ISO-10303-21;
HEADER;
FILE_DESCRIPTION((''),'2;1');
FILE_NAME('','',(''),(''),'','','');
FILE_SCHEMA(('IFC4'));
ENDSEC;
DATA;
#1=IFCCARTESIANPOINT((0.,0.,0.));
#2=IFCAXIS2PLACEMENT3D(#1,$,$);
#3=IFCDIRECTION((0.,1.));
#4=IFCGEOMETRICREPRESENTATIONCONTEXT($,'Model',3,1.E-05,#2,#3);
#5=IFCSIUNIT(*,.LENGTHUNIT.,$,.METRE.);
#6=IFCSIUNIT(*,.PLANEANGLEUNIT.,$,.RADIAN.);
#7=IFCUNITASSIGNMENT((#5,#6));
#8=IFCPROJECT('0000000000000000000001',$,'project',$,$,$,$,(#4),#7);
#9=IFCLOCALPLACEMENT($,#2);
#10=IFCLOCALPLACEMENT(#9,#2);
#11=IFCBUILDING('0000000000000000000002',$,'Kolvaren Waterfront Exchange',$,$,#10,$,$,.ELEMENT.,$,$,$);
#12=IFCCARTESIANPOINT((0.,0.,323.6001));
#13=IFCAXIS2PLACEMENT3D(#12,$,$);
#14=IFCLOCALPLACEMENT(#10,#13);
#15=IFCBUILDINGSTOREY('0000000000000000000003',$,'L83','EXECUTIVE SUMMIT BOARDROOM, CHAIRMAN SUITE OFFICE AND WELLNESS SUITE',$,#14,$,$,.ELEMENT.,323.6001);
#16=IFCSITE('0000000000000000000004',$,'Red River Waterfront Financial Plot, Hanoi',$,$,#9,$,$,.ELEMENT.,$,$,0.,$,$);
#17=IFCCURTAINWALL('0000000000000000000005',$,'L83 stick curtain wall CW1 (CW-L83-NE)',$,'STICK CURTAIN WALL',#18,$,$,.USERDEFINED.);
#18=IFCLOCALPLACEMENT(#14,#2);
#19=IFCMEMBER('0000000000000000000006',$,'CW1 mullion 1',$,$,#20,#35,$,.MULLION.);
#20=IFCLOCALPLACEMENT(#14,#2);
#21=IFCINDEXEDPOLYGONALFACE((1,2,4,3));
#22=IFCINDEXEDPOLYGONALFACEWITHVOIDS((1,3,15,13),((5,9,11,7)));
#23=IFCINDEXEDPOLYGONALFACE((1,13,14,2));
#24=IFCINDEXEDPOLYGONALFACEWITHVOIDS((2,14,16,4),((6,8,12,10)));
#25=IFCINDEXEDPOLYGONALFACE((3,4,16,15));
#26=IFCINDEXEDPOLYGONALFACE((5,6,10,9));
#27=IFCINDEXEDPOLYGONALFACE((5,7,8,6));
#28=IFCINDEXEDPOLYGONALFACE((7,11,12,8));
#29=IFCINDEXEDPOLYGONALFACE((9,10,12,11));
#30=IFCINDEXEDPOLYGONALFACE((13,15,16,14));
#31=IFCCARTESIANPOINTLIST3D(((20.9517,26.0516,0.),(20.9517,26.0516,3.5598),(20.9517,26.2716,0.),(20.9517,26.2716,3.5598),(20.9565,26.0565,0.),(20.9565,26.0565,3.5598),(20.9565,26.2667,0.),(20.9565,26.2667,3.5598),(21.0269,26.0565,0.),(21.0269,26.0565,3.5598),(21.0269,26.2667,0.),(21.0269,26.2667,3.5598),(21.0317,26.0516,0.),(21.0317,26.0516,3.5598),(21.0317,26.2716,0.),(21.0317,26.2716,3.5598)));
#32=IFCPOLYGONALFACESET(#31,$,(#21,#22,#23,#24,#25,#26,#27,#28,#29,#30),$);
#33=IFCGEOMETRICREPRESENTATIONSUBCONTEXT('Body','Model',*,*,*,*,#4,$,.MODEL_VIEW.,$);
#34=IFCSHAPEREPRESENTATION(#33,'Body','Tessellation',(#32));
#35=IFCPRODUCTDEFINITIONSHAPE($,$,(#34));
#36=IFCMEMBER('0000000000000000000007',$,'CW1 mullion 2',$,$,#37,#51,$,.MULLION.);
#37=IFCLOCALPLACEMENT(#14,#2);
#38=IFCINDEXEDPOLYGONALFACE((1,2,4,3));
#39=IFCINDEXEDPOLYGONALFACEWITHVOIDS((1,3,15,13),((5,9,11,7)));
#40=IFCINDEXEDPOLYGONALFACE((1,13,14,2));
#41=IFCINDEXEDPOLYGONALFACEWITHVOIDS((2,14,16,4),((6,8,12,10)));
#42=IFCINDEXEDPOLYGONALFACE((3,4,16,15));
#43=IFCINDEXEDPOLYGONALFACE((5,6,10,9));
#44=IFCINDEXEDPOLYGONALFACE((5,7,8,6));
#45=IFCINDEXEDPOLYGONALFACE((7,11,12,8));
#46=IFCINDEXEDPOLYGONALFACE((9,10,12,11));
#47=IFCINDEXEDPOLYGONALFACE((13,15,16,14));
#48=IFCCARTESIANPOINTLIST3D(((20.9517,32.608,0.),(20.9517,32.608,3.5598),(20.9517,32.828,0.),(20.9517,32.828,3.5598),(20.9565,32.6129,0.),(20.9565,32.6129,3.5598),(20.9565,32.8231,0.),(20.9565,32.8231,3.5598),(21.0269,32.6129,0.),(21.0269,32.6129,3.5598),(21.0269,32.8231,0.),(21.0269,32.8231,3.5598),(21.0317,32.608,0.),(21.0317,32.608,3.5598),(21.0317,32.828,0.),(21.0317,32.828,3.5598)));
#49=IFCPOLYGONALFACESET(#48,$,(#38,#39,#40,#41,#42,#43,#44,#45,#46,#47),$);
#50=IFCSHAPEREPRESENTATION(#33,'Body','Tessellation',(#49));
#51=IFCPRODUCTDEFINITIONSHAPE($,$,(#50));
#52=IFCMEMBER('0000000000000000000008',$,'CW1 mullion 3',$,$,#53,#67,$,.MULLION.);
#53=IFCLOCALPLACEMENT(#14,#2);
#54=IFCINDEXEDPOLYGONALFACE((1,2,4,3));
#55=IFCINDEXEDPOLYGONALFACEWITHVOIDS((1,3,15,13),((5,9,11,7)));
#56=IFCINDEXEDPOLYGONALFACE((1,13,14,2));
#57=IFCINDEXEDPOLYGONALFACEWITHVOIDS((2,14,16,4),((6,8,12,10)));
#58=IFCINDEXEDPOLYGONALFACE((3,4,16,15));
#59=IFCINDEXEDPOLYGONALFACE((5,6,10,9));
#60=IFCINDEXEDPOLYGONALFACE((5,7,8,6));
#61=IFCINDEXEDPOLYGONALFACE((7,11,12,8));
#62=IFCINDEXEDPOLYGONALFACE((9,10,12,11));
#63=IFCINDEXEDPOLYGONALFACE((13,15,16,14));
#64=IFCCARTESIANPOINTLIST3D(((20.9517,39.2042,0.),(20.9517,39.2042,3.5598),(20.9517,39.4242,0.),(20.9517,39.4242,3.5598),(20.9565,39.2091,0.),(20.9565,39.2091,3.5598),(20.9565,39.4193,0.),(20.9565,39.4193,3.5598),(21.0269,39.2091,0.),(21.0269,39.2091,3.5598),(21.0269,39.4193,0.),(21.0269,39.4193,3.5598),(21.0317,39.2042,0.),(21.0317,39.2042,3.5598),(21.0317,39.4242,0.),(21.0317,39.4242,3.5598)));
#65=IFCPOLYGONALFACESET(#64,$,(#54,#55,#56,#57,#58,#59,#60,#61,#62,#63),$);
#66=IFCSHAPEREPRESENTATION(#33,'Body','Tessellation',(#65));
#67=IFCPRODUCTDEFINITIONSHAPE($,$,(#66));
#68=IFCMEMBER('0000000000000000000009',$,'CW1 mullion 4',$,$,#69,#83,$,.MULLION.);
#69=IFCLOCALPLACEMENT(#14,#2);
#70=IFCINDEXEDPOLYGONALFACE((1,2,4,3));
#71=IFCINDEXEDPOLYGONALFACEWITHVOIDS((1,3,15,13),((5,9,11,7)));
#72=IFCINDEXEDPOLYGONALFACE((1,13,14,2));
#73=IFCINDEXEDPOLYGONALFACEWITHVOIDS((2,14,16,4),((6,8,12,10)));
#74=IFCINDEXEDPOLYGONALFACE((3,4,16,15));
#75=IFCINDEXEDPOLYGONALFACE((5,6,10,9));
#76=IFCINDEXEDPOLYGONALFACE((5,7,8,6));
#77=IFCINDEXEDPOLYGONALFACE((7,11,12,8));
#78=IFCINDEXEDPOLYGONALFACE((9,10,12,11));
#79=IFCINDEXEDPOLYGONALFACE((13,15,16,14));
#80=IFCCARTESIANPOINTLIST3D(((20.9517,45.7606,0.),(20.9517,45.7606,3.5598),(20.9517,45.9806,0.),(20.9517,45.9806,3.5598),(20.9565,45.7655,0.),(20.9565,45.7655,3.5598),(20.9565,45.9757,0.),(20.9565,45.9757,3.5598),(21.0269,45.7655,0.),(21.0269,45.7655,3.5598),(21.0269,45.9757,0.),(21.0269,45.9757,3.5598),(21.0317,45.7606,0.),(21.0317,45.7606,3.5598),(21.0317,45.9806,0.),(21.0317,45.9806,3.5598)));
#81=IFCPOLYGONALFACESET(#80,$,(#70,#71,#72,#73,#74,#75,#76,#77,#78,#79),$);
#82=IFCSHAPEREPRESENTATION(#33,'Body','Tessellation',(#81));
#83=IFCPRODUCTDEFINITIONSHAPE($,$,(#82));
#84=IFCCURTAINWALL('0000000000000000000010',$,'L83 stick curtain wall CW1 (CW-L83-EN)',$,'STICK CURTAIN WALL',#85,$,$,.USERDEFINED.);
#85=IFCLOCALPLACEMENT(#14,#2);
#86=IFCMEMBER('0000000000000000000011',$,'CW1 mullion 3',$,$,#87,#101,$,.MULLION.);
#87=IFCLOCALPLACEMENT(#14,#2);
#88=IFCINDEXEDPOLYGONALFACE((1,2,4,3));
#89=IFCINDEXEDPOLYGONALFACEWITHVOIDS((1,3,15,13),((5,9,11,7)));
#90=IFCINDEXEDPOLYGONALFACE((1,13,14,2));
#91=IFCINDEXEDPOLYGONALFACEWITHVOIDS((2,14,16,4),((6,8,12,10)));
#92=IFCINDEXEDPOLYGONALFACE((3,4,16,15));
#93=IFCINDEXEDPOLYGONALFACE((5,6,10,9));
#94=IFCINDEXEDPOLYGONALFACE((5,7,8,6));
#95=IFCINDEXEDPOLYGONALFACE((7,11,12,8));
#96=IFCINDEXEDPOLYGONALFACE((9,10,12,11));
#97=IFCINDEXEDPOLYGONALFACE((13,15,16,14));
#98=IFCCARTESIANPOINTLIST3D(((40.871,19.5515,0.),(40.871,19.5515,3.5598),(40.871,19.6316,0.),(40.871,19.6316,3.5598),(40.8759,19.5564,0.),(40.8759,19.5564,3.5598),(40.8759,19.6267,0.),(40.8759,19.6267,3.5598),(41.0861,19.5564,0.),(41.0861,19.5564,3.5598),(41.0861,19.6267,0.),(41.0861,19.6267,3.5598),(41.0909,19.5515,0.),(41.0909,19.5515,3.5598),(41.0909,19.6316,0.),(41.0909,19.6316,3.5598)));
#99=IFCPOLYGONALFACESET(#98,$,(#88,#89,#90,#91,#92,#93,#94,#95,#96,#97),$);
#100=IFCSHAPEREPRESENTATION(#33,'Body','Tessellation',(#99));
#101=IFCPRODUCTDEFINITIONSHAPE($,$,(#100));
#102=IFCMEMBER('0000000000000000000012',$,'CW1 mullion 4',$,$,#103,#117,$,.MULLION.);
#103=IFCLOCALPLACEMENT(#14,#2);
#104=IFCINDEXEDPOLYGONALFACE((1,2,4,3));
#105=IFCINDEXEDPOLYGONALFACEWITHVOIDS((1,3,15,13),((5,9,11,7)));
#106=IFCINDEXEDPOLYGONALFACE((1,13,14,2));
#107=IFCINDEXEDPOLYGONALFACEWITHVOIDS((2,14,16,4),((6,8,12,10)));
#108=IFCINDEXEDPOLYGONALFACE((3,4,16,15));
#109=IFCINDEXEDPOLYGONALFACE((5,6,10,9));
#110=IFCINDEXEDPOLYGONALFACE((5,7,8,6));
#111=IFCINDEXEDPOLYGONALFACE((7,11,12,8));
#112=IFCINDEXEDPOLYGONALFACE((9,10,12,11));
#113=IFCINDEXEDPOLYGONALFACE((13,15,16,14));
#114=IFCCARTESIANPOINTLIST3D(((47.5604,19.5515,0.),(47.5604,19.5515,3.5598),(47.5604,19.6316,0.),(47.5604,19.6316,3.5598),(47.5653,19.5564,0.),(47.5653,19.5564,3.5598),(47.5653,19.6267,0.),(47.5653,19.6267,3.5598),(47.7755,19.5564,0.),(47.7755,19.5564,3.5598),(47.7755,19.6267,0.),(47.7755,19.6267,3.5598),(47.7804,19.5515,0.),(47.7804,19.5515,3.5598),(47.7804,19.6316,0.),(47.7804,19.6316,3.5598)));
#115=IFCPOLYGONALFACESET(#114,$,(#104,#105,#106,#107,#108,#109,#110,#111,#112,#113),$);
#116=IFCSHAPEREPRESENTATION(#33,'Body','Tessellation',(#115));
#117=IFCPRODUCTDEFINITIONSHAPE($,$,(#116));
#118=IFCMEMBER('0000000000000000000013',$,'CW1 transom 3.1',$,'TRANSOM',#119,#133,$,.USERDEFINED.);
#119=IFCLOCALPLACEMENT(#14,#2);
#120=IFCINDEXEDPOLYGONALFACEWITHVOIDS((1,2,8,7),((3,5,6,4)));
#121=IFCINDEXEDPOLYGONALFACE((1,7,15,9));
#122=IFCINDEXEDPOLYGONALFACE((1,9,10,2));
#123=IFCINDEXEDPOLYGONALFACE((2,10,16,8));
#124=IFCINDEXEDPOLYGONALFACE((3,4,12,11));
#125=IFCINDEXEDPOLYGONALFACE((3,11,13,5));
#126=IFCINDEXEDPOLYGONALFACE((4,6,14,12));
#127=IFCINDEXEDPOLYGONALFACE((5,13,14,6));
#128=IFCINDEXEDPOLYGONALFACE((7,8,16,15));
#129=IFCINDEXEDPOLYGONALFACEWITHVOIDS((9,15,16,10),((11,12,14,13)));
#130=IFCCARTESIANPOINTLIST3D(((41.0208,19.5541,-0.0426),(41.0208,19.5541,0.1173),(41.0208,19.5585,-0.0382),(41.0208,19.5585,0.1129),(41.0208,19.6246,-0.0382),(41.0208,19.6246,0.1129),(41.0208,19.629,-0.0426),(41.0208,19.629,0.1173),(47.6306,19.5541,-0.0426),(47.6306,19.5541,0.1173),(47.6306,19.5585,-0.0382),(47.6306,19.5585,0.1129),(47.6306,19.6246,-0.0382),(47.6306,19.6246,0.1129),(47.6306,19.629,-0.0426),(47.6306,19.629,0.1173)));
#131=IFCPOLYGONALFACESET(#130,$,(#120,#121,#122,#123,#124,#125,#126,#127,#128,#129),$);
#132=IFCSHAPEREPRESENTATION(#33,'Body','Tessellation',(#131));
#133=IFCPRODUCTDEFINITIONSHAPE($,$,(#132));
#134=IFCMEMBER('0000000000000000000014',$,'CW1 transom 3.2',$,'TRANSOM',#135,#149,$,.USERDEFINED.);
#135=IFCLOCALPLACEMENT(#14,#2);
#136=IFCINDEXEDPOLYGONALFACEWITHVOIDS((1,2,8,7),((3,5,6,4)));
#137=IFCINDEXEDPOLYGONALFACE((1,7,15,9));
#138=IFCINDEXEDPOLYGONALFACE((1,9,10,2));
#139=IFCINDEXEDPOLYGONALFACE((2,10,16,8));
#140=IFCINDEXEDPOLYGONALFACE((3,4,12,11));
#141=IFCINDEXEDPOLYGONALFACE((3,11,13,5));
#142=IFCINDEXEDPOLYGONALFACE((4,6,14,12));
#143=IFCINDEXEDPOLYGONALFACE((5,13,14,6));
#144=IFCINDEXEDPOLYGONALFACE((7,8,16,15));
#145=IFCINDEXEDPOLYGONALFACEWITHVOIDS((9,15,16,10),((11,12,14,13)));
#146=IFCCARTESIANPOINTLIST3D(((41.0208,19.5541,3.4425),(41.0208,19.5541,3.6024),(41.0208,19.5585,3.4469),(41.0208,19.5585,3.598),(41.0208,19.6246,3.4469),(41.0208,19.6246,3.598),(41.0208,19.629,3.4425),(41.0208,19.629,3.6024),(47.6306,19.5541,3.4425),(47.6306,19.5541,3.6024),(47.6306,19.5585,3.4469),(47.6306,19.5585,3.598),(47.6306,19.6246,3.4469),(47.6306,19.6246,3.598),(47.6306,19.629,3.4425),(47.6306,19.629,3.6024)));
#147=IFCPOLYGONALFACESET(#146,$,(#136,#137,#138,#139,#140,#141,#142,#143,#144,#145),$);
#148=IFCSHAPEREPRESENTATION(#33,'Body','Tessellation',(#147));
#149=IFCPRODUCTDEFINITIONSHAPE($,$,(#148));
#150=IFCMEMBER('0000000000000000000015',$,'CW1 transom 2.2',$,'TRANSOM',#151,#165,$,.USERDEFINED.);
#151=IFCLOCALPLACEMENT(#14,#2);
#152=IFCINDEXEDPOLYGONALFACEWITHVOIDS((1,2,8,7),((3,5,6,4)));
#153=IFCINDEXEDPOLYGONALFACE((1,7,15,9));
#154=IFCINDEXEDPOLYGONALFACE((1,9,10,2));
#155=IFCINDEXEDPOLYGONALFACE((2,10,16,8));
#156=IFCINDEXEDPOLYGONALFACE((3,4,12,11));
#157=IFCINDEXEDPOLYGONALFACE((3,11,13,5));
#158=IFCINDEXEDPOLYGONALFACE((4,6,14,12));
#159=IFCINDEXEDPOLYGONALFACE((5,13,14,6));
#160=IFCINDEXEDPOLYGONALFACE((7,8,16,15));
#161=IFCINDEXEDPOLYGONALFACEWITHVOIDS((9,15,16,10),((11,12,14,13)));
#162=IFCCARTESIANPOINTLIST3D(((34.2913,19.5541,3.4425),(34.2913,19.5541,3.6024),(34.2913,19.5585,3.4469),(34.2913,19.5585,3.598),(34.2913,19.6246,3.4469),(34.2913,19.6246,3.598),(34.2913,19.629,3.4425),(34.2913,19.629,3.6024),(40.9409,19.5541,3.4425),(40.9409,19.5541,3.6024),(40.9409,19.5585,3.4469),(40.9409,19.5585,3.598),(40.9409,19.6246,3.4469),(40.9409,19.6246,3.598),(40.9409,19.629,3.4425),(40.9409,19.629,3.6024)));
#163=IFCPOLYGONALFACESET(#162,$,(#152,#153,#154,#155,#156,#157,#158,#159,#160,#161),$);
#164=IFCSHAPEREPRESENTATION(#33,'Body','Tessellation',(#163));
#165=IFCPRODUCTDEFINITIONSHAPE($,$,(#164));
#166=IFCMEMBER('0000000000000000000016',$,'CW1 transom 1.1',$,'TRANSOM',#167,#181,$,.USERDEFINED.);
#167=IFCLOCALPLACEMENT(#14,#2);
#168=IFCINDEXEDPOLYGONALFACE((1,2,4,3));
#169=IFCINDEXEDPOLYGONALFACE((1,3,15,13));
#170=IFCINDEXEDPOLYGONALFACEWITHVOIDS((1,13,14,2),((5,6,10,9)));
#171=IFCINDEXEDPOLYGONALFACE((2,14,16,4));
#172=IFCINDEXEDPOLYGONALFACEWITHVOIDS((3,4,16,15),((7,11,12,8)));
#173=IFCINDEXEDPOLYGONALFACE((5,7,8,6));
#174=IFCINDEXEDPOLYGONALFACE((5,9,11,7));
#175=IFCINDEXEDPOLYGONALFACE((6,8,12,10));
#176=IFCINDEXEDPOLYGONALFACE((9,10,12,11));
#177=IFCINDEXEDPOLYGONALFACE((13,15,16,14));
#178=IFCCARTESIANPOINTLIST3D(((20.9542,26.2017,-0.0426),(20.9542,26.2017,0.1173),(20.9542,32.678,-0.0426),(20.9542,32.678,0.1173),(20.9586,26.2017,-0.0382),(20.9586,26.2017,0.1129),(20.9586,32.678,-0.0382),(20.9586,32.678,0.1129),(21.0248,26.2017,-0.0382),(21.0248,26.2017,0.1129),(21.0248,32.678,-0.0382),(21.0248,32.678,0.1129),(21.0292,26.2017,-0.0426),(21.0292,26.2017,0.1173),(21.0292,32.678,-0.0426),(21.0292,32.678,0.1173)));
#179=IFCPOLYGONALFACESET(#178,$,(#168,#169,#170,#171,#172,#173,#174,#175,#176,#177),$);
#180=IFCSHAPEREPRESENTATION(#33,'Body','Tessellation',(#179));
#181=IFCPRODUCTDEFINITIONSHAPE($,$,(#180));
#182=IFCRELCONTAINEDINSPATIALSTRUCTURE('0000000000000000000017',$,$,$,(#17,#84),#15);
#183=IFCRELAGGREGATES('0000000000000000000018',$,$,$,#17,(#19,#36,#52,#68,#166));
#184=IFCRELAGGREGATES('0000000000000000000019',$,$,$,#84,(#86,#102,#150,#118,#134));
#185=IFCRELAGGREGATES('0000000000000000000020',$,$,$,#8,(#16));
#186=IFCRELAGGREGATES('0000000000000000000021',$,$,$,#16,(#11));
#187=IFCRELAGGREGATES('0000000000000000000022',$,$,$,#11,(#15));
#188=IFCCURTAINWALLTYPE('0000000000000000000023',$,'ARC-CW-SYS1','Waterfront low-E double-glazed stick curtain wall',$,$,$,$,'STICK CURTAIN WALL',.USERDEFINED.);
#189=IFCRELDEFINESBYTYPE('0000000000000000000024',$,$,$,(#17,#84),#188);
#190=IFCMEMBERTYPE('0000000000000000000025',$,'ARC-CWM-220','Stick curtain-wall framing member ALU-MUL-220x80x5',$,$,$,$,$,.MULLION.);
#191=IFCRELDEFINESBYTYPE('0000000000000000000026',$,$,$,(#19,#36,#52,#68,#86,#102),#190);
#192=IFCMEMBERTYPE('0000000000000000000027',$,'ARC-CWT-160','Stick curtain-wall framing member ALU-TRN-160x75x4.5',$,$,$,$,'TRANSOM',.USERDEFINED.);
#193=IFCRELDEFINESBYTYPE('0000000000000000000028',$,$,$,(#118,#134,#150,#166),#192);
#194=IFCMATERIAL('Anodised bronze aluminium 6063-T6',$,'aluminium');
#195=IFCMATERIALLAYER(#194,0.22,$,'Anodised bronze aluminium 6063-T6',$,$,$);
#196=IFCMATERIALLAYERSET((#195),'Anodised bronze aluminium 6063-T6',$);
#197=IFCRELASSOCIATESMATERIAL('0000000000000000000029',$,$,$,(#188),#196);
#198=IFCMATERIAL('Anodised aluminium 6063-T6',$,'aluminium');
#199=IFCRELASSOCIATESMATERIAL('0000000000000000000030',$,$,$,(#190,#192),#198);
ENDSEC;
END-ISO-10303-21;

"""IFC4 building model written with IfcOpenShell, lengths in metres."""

from ifc_helpers import new_model, si_unit, direction, frame, origin, origin_with_axes, origin_2d, place, context, subcontext, project, spatial, hollow_rectangle, extrude, source, transform, mapped, material, layer, layer_set, material_profile, profile_set, type_object, element, aggregate, save


model = new_model("IFC4")

# Units and contexts
model_context = context("Model", 3, precision=1e-05, world=origin(), true_north=direction((0.0, 1.0)))
body_context = subcontext(model_context, "Body", "Model", "MODEL_VIEW")
ifc_project = project(units=[si_unit("LENGTHUNIT", "METRE"), si_unit("PLANEANGLEUNIT", "RADIAN")], contexts=[model_context])

# Site, building, storey
site_placement = place(None, origin())
site = spatial("IfcSite", under=ifc_project, at=site_placement, Name="Red River Waterfront Financial Plot, Hanoi", CompositionType="ELEMENT", RefElevation=0.0)
building_placement = place(site_placement, origin())
building = spatial("IfcBuilding", under=site, at=building_placement, Name="Kolvaren Waterfront Exchange", CompositionType="ELEMENT")
storey_placement = place(building_placement, frame((0.0, 0.0, 323.6001)))
storey = spatial("IfcBuildingStorey", under=building, at=storey_placement, Name="L83", Description="EXECUTIVE SUMMIT BOARDROOM, CHAIRMAN SUITE OFFICE AND WELLNESS SUITE", CompositionType="ELEMENT", Elevation=323.6001)

# Curtain walls, members
ifc_material_1 = material(Name="Anodised bronze aluminium 6063-T6", Category="aluminium")
ifc_layer_1 = layer(ifc_material_1, 0.22, Name="Anodised bronze aluminium 6063-T6")
ifc_layer_set_1 = layer_set([ifc_layer_1], Name="Anodised bronze aluminium 6063-T6")
curtain_wall_type = type_object("IfcCurtainWallType", Name="ARC-CW-SYS1", Description="Waterfront low-E double-glazed stick curtain wall", ElementType="STICK CURTAIN WALL", PredefinedType="USERDEFINED", material=ifc_layer_set_1)
curtain_wall_1_placement = place(storey_placement, origin())
curtain_wall_1 = element("IfcCurtainWall", 1, at=curtain_wall_1_placement, inside=storey, type_object=curtain_wall_type, Name="L83 stick curtain wall CW1 (CW-L83-NE)", ObjectType="STICK CURTAIN WALL", PredefinedType="USERDEFINED")
ifc_material_2 = material(Name="Anodised aluminium 6063-T6", Category="aluminium")
ifc_material_profile_1 = material_profile(ifc_material_2, hollow_rectangle(XDim=0.0801, YDim=0.22, WallThickness=0.0049, at=origin_2d()), Name="ALU-MUL-220x80x5")
ifc_profile_set_1 = profile_set([ifc_material_profile_1], Name="Anodised aluminium 6063-T6")
member_type_1 = type_object("IfcMemberType", Name="ARC-CWM-220", Description="Stick curtain-wall framing member ALU-MUL-220x80x5", PredefinedType="MULLION", material=ifc_profile_set_1)
shared_shape_1 = source(origin_with_axes(), body_context, "Body", "SweptSolid", [
    extrude(hollow_rectangle(XDim=0.0801, YDim=0.22, WallThickness=0.0049, at=origin_2d()), origin(), (0.0, 0.0, 1.0), 3.5598),
])
member_1_placement = place(storey_placement, frame((20.9917, 26.1616, 0.0), z_axis=(0.0, 0.0, 1.0), x_axis=(-1.0, 0.0, 0.0)))
member_1 = element("IfcMember", 2, at=member_1_placement, type_object=member_type_1, Name="CW1 mullion 1", PredefinedType="MULLION", context=body_context, shape_type="MappedRepresentation", body=[
    mapped(shared_shape_1, transform((0.0, 0.0, 0.0), x_axis=(1.0, 0.0, 0.0), y_axis=(0.0, 1.0, 0.0), z_axis=(0.0, 0.0, 1.0), scale=1.0)),
])
member_2_placement = place(storey_placement, frame((20.9917, 32.718, 0.0), z_axis=(0.0, 0.0, 1.0), x_axis=(-1.0, 0.0, 0.0)))
member_2 = element("IfcMember", 3, at=member_2_placement, type_object=member_type_1, Name="CW1 mullion 2", PredefinedType="MULLION", context=body_context, shape_type="MappedRepresentation", body=[
    mapped(shared_shape_1, transform((0.0, 0.0, 0.0), x_axis=(1.0, 0.0, 0.0), y_axis=(0.0, 1.0, 0.0), z_axis=(0.0, 0.0, 1.0), scale=1.0)),
])
member_3_placement = place(storey_placement, frame((20.9917, 39.3142, 0.0), z_axis=(0.0, 0.0, 1.0), x_axis=(-1.0, 0.0, 0.0)))
member_3 = element("IfcMember", 4, at=member_3_placement, type_object=member_type_1, Name="CW1 mullion 3", PredefinedType="MULLION", context=body_context, shape_type="MappedRepresentation", body=[
    mapped(shared_shape_1, transform((0.0, 0.0, 0.0), x_axis=(1.0, 0.0, 0.0), y_axis=(0.0, 1.0, 0.0), z_axis=(0.0, 0.0, 1.0), scale=1.0)),
])
member_4_placement = place(storey_placement, frame((20.9917, 45.8706, 0.0), z_axis=(0.0, 0.0, 1.0), x_axis=(-1.0, 0.0, 0.0)))
member_4 = element("IfcMember", 5, at=member_4_placement, type_object=member_type_1, Name="CW1 mullion 4", PredefinedType="MULLION", context=body_context, shape_type="MappedRepresentation", body=[
    mapped(shared_shape_1, transform((0.0, 0.0, 0.0), x_axis=(1.0, 0.0, 0.0), y_axis=(0.0, 1.0, 0.0), z_axis=(0.0, 0.0, 1.0), scale=1.0)),
])
curtain_wall_2_placement = place(storey_placement, origin())
curtain_wall_2 = element("IfcCurtainWall", 6, at=curtain_wall_2_placement, inside=storey, type_object=curtain_wall_type, Name="L83 stick curtain wall CW1 (CW-L83-EN)", ObjectType="STICK CURTAIN WALL", PredefinedType="USERDEFINED")
member_5_placement = place(storey_placement, frame((40.981, 19.5916, 0.0), z_axis=(0.0, 0.0, 1.0), x_axis=(0.0, 1.0, 0.0)))
member_5 = element("IfcMember", 7, at=member_5_placement, type_object=member_type_1, Name="CW1 mullion 3", PredefinedType="MULLION", context=body_context, shape_type="MappedRepresentation", body=[
    mapped(shared_shape_1, transform((0.0, 0.0, 0.0), x_axis=(1.0, 0.0, 0.0), y_axis=(0.0, 1.0, 0.0), z_axis=(0.0, 0.0, 1.0), scale=1.0)),
])
member_6_placement = place(storey_placement, frame((47.6704, 19.5916, 0.0), z_axis=(0.0, 0.0, 1.0), x_axis=(0.0, 1.0, 0.0)))
member_6 = element("IfcMember", 8, at=member_6_placement, type_object=member_type_1, Name="CW1 mullion 4", PredefinedType="MULLION", context=body_context, shape_type="MappedRepresentation", body=[
    mapped(shared_shape_1, transform((0.0, 0.0, 0.0), x_axis=(1.0, 0.0, 0.0), y_axis=(0.0, 1.0, 0.0), z_axis=(0.0, 0.0, 1.0), scale=1.0)),
])
ifc_material_profile_2 = material_profile(ifc_material_2, hollow_rectangle(XDim=0.075, YDim=0.1599, WallThickness=0.0044, at=origin_2d()), Name="ALU-TRN-160x75x4.5")
ifc_profile_set_2 = profile_set([ifc_material_profile_2], Name="Anodised aluminium 6063-T6")
member_type_2 = type_object("IfcMemberType", Name="ARC-CWT-160", Description="Stick curtain-wall framing member ALU-TRN-160x75x4.5", ElementType="TRANSOM", PredefinedType="USERDEFINED", material=ifc_profile_set_2)
shared_shape_2 = source(origin_with_axes(), body_context, "Body", "SweptSolid", [
    extrude(hollow_rectangle(XDim=0.075, YDim=0.1599, WallThickness=0.0044, at=origin_2d()), origin(), (0.0, 0.0, 1.0), 6.6099),
])
member_7_placement = place(storey_placement, frame((41.0208, 19.5916, 0.0374), z_axis=(1.0, 0.0, 0.0), x_axis=(0.0, 1.0, 0.0)))
member_7 = element("IfcMember", 9, at=member_7_placement, type_object=member_type_2, Name="CW1 transom 3.1", ObjectType="TRANSOM", PredefinedType="USERDEFINED", context=body_context, shape_type="MappedRepresentation", body=[
    mapped(shared_shape_2, transform((0.0, 0.0, 0.0), x_axis=(1.0, 0.0, 0.0), y_axis=(0.0, 1.0, 0.0), z_axis=(0.0, 0.0, 1.0), scale=1.0)),
])
member_8_placement = place(storey_placement, frame((41.0208, 19.5916, 3.5225), z_axis=(1.0, 0.0, 0.0), x_axis=(0.0, 1.0, 0.0)))
member_8 = element("IfcMember", 10, at=member_8_placement, type_object=member_type_2, Name="CW1 transom 3.2", ObjectType="TRANSOM", PredefinedType="USERDEFINED", context=body_context, shape_type="MappedRepresentation", body=[
    mapped(shared_shape_2, transform((0.0, 0.0, 0.0), x_axis=(1.0, 0.0, 0.0), y_axis=(0.0, 1.0, 0.0), z_axis=(0.0, 0.0, 1.0), scale=1.0)),
])
shared_shape_3 = source(origin_with_axes(), body_context, "Body", "SweptSolid", [
    extrude(hollow_rectangle(XDim=0.075, YDim=0.1599, WallThickness=0.0044, at=origin_2d()), origin(), (0.0, 0.0, 1.0), 6.6497),
])
member_9_placement = place(storey_placement, frame((34.2913, 19.5916, 3.5225), z_axis=(1.0, 0.0, 0.0), x_axis=(0.0, 1.0, 0.0)))
member_9 = element("IfcMember", 11, at=member_9_placement, type_object=member_type_2, Name="CW1 transom 2.2", ObjectType="TRANSOM", PredefinedType="USERDEFINED", context=body_context, shape_type="MappedRepresentation", body=[
    mapped(shared_shape_3, transform((0.0, 0.0, 0.0), x_axis=(1.0, 0.0, 0.0), y_axis=(0.0, 1.0, 0.0), z_axis=(0.0, 0.0, 1.0), scale=1.0)),
])

# Member
shared_shape_4 = source(origin_with_axes(), body_context, "Body", "SweptSolid", [
    extrude(hollow_rectangle(XDim=0.075, YDim=0.1599, WallThickness=0.0044, at=origin_2d()), origin(), (0.0, 0.0, 1.0), 6.4763),
])
member_10_placement = place(storey_placement, frame((20.9917, 26.2017, 0.0374), z_axis=(0.0, 1.0, 0.0), x_axis=(-1.0, 0.0, 0.0)))
member_10 = element("IfcMember", 12, at=member_10_placement, type_object=member_type_2, Name="CW1 transom 1.1", ObjectType="TRANSOM", PredefinedType="USERDEFINED", context=body_context, shape_type="MappedRepresentation", body=[
    mapped(shared_shape_4, transform((0.0, 0.0, 0.0), x_axis=(1.0, 0.0, 0.0), y_axis=(0.0, 1.0, 0.0), z_axis=(0.0, 0.0, 1.0), scale=1.0)),
])

aggregate(curtain_wall_1, [member_1, member_2, member_3, member_4, member_10])
aggregate(curtain_wall_2, [member_5, member_6, member_9, member_7, member_8])

save(model, "model.ifc")
